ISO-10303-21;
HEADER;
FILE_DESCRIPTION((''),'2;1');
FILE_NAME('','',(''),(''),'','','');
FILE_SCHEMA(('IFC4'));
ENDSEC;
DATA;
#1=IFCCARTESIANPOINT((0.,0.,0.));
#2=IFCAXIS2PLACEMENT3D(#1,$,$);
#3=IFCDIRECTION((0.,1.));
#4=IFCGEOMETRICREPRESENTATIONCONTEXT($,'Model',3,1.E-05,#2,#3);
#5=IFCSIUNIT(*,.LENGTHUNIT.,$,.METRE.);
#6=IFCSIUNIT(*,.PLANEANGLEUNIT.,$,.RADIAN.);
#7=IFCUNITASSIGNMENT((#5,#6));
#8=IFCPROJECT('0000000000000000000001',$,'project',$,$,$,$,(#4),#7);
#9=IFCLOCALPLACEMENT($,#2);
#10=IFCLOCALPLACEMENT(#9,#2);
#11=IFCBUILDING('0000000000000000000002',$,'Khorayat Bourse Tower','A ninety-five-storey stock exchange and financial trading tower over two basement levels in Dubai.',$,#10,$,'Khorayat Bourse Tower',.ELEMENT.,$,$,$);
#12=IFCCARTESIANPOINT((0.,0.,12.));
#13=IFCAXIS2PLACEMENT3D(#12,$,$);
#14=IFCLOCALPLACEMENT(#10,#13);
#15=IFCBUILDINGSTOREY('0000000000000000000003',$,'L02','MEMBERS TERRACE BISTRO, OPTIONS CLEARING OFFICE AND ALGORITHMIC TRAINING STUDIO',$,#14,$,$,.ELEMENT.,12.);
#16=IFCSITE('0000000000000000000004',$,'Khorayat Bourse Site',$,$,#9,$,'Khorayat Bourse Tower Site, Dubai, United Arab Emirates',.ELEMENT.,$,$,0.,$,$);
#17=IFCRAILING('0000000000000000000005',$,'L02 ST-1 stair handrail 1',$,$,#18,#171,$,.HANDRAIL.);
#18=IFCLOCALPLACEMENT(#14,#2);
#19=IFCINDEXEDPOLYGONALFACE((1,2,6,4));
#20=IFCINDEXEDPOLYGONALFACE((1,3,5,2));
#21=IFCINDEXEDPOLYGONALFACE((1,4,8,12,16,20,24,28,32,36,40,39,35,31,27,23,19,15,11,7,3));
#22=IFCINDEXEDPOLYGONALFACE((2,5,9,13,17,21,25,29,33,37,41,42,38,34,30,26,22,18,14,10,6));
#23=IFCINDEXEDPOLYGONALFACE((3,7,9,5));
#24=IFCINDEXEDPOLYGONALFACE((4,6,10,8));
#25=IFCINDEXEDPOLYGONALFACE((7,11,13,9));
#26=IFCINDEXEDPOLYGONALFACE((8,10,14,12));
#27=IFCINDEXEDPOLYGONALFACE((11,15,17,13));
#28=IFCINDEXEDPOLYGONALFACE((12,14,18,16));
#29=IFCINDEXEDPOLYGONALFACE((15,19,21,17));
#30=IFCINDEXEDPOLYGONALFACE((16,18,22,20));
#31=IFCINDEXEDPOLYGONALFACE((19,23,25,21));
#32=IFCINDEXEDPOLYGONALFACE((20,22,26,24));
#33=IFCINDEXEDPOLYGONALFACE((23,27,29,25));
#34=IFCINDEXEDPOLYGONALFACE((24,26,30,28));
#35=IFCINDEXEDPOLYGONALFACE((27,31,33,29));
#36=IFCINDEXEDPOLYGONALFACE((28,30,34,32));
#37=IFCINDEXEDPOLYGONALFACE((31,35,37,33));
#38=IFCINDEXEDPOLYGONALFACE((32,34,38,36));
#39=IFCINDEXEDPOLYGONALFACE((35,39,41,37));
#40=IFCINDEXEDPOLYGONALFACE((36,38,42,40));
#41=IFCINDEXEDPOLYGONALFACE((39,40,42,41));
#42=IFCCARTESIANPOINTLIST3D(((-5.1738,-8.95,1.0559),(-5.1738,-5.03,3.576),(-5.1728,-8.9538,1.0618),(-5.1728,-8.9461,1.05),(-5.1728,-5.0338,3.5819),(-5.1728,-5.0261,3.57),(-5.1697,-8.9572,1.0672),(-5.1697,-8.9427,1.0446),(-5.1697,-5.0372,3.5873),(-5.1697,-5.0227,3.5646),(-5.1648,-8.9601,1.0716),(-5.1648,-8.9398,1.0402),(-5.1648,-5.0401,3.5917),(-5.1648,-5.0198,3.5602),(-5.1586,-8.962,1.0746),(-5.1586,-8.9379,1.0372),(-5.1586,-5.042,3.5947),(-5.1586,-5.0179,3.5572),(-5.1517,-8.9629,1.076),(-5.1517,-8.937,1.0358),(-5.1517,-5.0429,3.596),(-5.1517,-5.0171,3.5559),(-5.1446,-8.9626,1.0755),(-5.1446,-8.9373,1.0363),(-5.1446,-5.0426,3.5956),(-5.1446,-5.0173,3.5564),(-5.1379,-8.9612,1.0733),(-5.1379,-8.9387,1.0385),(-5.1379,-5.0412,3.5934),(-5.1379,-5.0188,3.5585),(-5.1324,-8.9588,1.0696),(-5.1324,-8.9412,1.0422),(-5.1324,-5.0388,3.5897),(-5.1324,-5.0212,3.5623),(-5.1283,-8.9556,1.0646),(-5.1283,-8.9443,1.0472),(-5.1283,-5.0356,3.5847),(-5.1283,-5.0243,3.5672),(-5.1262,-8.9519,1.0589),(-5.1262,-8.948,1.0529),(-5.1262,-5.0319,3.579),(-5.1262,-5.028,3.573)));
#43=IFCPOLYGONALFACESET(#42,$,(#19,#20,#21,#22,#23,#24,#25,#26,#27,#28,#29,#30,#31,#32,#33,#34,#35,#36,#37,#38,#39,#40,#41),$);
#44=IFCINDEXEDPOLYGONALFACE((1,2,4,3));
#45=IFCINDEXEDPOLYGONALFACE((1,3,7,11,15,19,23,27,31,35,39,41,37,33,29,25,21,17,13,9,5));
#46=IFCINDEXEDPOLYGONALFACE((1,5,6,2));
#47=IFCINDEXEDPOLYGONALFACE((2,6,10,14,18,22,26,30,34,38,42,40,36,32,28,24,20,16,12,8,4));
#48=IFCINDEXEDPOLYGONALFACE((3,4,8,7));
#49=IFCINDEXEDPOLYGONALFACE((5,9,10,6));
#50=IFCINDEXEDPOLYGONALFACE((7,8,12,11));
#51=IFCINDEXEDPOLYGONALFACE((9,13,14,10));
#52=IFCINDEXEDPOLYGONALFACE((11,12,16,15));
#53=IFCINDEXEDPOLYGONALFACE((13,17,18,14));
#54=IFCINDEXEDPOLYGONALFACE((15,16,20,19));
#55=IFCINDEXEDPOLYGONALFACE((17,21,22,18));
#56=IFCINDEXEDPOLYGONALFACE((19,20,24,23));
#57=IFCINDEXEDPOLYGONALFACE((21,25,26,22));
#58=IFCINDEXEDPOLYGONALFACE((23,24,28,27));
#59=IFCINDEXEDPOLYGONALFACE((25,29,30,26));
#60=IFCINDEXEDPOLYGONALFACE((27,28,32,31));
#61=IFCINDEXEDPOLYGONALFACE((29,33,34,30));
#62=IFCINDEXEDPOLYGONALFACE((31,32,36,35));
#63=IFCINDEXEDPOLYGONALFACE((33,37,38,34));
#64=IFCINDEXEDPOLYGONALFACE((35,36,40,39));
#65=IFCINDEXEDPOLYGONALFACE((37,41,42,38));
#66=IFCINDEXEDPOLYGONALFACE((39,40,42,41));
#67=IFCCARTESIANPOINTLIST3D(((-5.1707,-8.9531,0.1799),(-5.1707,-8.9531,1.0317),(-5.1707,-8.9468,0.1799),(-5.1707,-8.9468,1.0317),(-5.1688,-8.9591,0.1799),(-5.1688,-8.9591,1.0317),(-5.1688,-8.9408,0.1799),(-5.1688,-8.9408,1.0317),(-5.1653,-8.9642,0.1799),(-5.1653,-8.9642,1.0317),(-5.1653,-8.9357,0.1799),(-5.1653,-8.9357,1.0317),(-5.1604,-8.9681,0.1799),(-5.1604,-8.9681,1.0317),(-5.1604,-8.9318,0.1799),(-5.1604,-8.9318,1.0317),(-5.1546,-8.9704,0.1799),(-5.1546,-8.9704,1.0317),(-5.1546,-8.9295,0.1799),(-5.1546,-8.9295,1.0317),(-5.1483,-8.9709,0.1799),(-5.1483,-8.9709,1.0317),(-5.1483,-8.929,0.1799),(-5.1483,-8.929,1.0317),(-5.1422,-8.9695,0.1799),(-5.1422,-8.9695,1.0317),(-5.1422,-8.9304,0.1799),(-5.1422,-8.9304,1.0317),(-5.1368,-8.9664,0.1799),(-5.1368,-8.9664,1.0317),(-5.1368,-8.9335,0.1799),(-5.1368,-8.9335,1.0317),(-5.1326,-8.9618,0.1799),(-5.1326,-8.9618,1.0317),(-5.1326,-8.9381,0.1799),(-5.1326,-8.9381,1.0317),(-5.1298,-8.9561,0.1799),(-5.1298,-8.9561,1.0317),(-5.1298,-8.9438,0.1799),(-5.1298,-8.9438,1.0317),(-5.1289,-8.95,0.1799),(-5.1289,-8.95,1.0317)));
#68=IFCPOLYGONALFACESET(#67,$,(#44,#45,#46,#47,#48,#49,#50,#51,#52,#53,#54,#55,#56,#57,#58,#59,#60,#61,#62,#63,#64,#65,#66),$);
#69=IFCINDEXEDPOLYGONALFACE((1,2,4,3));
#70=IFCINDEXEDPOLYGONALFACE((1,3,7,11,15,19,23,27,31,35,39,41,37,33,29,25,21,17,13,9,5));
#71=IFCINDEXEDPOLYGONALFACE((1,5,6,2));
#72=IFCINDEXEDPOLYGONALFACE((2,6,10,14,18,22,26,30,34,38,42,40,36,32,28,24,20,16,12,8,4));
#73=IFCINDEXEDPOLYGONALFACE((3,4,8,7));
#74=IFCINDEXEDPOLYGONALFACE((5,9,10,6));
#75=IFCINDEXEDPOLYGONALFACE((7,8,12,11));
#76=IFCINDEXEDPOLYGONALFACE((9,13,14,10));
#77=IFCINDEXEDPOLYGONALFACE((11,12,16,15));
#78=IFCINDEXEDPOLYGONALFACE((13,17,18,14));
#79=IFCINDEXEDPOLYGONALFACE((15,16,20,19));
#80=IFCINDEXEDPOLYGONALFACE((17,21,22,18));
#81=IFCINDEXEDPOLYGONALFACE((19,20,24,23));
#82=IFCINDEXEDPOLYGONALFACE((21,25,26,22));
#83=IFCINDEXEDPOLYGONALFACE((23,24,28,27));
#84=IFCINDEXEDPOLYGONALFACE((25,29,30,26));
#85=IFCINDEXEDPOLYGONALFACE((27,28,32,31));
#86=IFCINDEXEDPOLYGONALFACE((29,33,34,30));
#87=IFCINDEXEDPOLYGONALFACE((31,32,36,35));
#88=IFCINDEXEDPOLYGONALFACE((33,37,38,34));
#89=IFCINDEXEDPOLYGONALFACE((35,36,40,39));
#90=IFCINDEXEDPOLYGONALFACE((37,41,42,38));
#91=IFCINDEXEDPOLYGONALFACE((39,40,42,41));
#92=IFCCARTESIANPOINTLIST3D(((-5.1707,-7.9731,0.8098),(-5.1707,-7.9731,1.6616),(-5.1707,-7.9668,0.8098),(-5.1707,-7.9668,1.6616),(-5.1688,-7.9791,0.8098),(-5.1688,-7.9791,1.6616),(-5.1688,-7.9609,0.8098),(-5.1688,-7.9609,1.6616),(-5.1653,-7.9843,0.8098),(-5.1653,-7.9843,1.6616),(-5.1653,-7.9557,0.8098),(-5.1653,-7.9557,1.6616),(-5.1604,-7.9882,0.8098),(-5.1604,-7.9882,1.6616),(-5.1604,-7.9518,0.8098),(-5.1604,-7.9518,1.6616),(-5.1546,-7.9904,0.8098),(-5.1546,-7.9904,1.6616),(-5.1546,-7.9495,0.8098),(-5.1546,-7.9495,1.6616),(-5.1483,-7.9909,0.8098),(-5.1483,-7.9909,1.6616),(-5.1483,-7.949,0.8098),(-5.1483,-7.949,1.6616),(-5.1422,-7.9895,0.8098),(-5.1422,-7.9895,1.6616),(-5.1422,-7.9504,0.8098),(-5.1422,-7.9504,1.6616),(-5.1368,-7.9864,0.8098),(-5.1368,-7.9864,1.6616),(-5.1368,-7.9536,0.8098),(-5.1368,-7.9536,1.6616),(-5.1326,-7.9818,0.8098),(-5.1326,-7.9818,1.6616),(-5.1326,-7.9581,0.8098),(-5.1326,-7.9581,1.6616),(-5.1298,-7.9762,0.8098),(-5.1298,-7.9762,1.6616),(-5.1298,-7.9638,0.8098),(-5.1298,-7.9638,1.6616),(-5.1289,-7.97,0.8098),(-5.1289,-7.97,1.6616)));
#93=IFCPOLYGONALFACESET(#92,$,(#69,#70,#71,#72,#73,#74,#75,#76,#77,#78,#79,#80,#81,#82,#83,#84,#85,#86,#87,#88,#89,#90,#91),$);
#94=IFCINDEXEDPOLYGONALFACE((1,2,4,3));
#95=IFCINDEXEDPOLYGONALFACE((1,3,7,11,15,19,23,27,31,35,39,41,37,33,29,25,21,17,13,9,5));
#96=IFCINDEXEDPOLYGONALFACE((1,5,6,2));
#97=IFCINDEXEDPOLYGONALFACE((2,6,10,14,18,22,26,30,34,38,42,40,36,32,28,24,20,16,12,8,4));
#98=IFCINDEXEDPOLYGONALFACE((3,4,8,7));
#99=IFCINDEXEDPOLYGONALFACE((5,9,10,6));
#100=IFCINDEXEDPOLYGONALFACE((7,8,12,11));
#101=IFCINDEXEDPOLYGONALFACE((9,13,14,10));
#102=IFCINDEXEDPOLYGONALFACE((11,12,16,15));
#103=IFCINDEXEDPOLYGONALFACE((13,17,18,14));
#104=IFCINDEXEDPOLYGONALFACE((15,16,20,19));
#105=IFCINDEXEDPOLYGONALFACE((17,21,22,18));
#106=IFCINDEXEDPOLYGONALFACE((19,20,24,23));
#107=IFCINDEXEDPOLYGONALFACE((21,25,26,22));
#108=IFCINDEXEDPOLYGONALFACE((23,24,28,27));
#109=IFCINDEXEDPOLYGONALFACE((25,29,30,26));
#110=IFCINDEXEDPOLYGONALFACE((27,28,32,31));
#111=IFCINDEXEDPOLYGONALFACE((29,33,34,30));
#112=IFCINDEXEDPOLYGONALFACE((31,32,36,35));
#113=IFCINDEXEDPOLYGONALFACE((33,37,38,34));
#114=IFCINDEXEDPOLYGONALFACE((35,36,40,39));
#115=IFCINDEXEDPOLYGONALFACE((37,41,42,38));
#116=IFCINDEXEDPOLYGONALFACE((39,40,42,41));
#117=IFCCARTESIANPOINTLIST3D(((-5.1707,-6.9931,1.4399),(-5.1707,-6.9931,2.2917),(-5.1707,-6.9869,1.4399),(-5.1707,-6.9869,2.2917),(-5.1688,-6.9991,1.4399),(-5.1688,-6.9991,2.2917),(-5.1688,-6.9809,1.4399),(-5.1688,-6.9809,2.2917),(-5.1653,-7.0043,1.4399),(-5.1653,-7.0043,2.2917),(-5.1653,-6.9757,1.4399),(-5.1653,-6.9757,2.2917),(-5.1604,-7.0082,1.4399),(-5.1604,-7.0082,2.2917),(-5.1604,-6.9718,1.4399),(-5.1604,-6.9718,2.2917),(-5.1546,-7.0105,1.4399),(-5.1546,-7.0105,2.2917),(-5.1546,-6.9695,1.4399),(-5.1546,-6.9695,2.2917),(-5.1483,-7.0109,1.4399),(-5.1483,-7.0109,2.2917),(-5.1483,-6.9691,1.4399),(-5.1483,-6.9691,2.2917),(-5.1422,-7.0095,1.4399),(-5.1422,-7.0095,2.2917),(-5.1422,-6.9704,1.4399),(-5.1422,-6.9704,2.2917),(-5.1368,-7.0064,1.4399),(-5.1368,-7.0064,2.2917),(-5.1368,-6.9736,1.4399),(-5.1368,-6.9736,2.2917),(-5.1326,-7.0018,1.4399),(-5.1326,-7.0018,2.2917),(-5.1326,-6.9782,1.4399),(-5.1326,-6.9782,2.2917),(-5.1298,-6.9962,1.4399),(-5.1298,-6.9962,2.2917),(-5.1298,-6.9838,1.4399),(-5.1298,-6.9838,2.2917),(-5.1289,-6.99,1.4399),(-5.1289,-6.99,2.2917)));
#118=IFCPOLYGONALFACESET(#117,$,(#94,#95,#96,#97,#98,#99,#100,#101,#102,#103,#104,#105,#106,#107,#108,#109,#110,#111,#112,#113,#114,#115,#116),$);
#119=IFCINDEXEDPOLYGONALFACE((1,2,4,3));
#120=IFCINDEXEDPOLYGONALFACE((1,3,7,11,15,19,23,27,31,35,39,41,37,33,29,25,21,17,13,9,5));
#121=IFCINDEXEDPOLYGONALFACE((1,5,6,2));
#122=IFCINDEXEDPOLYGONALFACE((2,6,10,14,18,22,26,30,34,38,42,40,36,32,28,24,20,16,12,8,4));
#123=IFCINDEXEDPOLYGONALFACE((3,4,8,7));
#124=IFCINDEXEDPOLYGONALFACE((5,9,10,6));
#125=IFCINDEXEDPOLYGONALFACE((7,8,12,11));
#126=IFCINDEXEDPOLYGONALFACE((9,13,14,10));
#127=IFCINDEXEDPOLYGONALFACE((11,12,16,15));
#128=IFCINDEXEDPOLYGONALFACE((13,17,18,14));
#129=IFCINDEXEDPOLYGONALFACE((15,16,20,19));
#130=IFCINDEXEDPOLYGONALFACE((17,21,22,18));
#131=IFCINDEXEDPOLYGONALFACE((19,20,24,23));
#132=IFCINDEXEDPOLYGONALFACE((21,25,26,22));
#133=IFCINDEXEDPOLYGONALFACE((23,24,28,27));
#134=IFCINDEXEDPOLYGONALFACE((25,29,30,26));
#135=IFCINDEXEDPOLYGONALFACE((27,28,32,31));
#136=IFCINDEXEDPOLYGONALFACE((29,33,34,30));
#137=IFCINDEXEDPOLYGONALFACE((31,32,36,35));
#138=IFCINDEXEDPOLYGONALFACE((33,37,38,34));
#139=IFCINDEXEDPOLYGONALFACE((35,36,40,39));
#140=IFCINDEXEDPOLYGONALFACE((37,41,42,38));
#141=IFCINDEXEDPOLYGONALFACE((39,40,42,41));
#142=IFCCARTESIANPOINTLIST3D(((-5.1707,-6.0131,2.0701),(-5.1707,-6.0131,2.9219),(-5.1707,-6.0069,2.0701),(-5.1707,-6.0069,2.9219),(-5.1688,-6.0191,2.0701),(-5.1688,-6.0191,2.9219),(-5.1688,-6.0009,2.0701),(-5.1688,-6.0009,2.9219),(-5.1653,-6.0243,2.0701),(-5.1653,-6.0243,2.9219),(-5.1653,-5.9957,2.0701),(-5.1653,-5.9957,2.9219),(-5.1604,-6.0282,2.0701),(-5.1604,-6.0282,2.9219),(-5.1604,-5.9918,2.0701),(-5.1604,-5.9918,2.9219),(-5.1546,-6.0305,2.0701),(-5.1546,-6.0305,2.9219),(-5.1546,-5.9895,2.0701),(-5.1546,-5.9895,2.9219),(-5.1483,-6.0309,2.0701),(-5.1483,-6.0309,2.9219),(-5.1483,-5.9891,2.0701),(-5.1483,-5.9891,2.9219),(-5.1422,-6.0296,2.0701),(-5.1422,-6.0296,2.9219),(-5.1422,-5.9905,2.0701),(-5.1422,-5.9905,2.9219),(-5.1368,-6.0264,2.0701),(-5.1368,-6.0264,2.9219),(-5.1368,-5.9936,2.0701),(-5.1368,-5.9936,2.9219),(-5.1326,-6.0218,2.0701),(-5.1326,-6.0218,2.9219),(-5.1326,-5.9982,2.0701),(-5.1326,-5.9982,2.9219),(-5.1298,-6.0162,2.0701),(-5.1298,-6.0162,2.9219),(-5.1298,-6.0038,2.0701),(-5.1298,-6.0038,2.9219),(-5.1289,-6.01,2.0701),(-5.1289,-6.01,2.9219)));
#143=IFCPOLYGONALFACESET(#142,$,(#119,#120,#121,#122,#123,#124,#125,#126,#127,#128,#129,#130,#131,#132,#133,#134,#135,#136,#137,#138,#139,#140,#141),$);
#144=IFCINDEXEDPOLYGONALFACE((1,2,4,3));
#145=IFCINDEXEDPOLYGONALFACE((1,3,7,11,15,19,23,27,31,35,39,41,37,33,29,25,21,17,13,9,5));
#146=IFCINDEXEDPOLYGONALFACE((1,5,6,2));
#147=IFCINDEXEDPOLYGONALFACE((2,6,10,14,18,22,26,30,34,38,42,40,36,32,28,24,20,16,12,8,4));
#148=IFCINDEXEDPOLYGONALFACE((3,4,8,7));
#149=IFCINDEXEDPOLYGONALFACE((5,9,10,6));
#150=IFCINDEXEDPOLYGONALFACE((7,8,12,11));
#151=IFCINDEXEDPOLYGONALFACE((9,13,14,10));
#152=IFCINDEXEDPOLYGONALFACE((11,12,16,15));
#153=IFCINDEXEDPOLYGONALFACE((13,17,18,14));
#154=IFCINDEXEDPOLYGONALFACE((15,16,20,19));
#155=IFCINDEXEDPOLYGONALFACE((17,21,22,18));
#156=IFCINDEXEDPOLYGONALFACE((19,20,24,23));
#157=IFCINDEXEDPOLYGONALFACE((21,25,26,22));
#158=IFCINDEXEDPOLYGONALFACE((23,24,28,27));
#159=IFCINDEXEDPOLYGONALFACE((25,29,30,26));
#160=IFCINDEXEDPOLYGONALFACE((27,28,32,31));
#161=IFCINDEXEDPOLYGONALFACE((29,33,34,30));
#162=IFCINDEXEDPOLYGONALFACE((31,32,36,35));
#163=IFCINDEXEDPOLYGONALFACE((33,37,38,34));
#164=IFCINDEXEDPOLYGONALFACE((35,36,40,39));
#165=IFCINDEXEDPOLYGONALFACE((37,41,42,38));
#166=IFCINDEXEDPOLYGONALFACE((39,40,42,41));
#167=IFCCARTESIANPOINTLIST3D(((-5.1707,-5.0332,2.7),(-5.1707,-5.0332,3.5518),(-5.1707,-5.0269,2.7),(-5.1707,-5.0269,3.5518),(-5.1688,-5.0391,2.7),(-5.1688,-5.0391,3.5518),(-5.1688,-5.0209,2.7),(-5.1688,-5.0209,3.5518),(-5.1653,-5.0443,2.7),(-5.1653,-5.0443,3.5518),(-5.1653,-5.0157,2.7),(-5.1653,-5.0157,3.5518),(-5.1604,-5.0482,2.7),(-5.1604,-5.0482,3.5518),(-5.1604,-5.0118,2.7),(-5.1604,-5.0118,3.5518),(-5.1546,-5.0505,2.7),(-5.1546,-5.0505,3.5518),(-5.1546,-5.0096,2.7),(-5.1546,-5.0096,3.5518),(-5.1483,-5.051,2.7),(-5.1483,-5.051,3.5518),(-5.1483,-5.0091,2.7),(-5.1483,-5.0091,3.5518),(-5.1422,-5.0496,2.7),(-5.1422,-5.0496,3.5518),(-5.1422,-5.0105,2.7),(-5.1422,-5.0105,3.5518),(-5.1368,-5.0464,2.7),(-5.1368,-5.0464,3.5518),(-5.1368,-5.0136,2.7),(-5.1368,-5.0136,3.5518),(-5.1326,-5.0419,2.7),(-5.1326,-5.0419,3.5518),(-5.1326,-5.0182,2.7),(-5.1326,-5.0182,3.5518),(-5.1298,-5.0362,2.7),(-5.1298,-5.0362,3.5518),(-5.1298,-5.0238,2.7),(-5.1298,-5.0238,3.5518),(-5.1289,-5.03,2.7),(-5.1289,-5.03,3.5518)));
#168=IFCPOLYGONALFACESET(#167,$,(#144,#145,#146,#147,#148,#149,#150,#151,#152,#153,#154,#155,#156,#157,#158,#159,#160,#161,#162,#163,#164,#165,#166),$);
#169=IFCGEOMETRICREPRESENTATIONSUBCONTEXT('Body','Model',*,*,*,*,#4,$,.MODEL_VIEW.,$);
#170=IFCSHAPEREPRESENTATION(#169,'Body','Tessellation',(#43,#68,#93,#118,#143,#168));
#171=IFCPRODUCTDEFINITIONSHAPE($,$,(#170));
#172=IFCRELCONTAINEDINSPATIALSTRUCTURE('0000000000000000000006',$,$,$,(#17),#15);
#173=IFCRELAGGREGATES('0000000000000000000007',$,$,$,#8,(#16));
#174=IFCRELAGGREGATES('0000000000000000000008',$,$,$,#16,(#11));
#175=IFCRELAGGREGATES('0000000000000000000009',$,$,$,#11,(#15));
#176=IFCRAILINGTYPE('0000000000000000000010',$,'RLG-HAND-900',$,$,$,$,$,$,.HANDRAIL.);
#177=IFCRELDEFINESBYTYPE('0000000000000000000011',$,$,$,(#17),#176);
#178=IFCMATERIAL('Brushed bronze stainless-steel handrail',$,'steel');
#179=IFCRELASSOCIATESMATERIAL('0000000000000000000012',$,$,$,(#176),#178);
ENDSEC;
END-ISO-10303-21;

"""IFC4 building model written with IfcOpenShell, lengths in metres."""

from ifc_helpers import new_model, si_unit, direction, frame, origin, origin_2d, place, context, subcontext, project, spatial, circle, extrude, source, transform, mapped, material, type_object, element, save


model = new_model("IFC4")

# Units and contexts
model_context = context("Model", 3, precision=1e-05, world=origin(), true_north=direction((0.0, 1.0)))
body_context = subcontext(model_context, "Body", "Model", "MODEL_VIEW")
ifc_project = project(units=[si_unit("LENGTHUNIT", "METRE"), si_unit("PLANEANGLEUNIT", "RADIAN")], contexts=[model_context])

# Site, building, storey
site_placement = place(None, origin())
site = spatial("IfcSite", under=ifc_project, at=site_placement, Name="Khorayat Bourse Site", LongName="Khorayat Bourse Tower Site, Dubai, United Arab Emirates", CompositionType="ELEMENT", RefElevation=0.0)
building_placement = place(site_placement, origin())
building = spatial("IfcBuilding", under=site, at=building_placement, Name="Khorayat Bourse Tower", Description="A ninety-five-storey stock exchange and financial trading tower over two basement levels in Dubai.", LongName="Khorayat Bourse Tower", CompositionType="ELEMENT")
storey_placement = place(building_placement, frame((0.0, 0.0, 12.0)))
storey = spatial("IfcBuildingStorey", under=building, at=storey_placement, Name="L02", Description="MEMBERS TERRACE BISTRO, OPTIONS CLEARING OFFICE AND ALGORITHMIC TRAINING STUDIO", CompositionType="ELEMENT", Elevation=12.0)

# Railing
ifc_material_1 = material(Name="Brushed bronze stainless-steel handrail", Category="steel")
railing_type_1 = type_object("IfcRailingType", Name="RLG-HAND-900", PredefinedType="HANDRAIL", material=ifc_material_1)
shared_shape_1 = source(origin(), body_context, "Body", "SweptSolid", [
    extrude(circle(Radius=0.0239, at=origin_2d()), frame((0.0, 0.0, 0.876), z_axis=(0.0, 0.841172, 0.540768), x_axis=(-1.0, 0.0, 0.0)), (0.0, 0.0, 1.0), 4.6602),
    extrude(circle(Radius=0.021, at=origin_2d()), origin(), (0.0, 0.0, 1.0), 0.8518),
    extrude(circle(Radius=0.021, at=origin_2d()), frame((0.0, 0.98, 0.6299)), (0.0, 0.0, 1.0), 0.8518),
    extrude(circle(Radius=0.021, at=origin_2d()), frame((0.0, 1.96, 1.26)), (0.0, 0.0, 1.0), 0.8518),
    extrude(circle(Radius=0.021, at=origin_2d()), frame((0.0, 2.9399, 1.8901)), (0.0, 0.0, 1.0), 0.8518),
    extrude(circle(Radius=0.021, at=origin_2d()), frame((0.0, 3.9199, 2.52)), (0.0, 0.0, 1.0), 0.8518),
])
railing_1_placement = place(storey_placement, frame((-5.1499, -8.95, 0.1799)))
element("IfcRailing", 1, at=railing_1_placement, inside=storey, type_object=railing_type_1, Name="L02 ST-1 stair handrail 1", PredefinedType="HANDRAIL", context=body_context, shape_type="MappedRepresentation", body=[
    mapped(shared_shape_1, transform((0.0, 0.0, 0.0), scale=1.0)),
])

save(model, "model.ifc")
